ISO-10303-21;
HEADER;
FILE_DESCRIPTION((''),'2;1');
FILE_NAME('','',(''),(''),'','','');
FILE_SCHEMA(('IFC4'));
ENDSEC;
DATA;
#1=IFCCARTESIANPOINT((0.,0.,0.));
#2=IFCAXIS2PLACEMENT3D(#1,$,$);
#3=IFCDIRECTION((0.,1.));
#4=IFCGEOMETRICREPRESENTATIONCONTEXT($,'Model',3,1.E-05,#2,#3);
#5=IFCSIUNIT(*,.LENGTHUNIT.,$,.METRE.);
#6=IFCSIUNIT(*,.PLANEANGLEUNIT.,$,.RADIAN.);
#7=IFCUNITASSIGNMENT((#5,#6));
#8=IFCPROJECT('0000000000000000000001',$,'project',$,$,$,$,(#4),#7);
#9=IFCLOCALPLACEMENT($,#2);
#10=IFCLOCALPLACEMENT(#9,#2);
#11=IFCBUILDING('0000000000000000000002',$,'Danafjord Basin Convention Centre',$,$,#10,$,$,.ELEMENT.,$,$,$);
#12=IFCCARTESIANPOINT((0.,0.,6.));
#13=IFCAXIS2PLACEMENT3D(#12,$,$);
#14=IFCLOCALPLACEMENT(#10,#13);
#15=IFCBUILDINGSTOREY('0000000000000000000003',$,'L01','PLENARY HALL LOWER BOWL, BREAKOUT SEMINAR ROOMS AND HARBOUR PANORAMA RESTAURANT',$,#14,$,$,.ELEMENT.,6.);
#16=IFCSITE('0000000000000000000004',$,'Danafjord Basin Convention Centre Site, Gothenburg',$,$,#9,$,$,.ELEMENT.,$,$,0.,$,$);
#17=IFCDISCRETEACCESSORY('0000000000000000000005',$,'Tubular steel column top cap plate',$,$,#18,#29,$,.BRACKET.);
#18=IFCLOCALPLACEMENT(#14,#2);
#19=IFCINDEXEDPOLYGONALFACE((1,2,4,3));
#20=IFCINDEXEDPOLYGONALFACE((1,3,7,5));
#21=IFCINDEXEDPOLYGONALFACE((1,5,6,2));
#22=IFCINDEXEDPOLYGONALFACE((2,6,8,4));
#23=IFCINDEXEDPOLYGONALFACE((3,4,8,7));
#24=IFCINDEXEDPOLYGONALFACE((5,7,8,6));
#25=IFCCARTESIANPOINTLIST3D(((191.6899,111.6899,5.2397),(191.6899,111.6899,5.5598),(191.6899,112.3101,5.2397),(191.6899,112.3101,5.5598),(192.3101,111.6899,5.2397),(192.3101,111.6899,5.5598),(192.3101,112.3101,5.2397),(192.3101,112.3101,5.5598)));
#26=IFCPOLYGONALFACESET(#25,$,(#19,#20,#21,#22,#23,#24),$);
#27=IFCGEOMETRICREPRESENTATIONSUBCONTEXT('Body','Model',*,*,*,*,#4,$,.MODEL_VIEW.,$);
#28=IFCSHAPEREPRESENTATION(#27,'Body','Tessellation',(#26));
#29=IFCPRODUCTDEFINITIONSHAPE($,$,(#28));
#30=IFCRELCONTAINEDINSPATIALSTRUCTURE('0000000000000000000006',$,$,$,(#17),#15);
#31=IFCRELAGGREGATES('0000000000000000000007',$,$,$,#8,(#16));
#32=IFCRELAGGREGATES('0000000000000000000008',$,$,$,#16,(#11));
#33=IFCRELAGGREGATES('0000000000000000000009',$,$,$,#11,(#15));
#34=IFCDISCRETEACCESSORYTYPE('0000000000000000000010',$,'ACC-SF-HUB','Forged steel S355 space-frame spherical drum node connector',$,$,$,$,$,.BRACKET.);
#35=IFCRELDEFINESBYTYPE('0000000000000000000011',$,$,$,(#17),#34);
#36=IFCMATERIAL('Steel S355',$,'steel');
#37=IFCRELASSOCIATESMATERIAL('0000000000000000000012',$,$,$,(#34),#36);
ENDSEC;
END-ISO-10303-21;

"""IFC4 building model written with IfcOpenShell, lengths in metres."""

from ifc_helpers import new_model, si_unit, direction, frame, origin, origin_2d, place, context, subcontext, project, spatial, rectangle, extrude, material, type_object, element, save


model = new_model("IFC4")

# Units and contexts
model_context = context("Model", 3, precision=1e-05, world=origin(), true_north=direction((0.0, 1.0)))
body_context = subcontext(model_context, "Body", "Model", "MODEL_VIEW")
ifc_project = project(units=[si_unit("LENGTHUNIT", "METRE"), si_unit("PLANEANGLEUNIT", "RADIAN")], contexts=[model_context])

# Site, building, storey
site_placement = place(None, origin())
site = spatial("IfcSite", under=ifc_project, at=site_placement, Name="Danafjord Basin Convention Centre Site, Gothenburg", CompositionType="ELEMENT", RefElevation=0.0)
building_placement = place(site_placement, origin())
building = spatial("IfcBuilding", under=site, at=building_placement, Name="Danafjord Basin Convention Centre", CompositionType="ELEMENT")
storey_placement = place(building_placement, frame((0.0, 0.0, 6.0)))
storey = spatial("IfcBuildingStorey", under=building, at=storey_placement, Name="L01", Description="PLENARY HALL LOWER BOWL, BREAKOUT SEMINAR ROOMS AND HARBOUR PANORAMA RESTAURANT", CompositionType="ELEMENT", Elevation=6.0)

# Shared definitions
ifc_material_1 = material(Name="Steel S355", Category="steel")

# Discrete accessory
discrete_accessory_type = type_object("IfcDiscreteAccessoryType", Name="ACC-SF-HUB", Description="Forged steel S355 space-frame spherical drum node connector", PredefinedType="BRACKET", material=ifc_material_1)
for number, where, z_axis, x_axis, name in (
    (1, (192.0, 112.0, 5.2397), (0.0, 0.0, 1.0), (1.0, 0.0, 0.0), "Tubular steel column top cap plate"),
):
    element("IfcDiscreteAccessory", number, at=place(storey_placement, frame(where, z_axis=z_axis, x_axis=x_axis)), inside=storey, type_object=discrete_accessory_type, Name=name, PredefinedType="BRACKET", context=body_context, shape_type="SweptSolid", body=[
        extrude(rectangle(XDim=0.6201, YDim=0.6201, at=origin_2d()), origin(), (0.0, 0.0, 1.0), 0.3201),
    ])

save(model, "model.ifc")
